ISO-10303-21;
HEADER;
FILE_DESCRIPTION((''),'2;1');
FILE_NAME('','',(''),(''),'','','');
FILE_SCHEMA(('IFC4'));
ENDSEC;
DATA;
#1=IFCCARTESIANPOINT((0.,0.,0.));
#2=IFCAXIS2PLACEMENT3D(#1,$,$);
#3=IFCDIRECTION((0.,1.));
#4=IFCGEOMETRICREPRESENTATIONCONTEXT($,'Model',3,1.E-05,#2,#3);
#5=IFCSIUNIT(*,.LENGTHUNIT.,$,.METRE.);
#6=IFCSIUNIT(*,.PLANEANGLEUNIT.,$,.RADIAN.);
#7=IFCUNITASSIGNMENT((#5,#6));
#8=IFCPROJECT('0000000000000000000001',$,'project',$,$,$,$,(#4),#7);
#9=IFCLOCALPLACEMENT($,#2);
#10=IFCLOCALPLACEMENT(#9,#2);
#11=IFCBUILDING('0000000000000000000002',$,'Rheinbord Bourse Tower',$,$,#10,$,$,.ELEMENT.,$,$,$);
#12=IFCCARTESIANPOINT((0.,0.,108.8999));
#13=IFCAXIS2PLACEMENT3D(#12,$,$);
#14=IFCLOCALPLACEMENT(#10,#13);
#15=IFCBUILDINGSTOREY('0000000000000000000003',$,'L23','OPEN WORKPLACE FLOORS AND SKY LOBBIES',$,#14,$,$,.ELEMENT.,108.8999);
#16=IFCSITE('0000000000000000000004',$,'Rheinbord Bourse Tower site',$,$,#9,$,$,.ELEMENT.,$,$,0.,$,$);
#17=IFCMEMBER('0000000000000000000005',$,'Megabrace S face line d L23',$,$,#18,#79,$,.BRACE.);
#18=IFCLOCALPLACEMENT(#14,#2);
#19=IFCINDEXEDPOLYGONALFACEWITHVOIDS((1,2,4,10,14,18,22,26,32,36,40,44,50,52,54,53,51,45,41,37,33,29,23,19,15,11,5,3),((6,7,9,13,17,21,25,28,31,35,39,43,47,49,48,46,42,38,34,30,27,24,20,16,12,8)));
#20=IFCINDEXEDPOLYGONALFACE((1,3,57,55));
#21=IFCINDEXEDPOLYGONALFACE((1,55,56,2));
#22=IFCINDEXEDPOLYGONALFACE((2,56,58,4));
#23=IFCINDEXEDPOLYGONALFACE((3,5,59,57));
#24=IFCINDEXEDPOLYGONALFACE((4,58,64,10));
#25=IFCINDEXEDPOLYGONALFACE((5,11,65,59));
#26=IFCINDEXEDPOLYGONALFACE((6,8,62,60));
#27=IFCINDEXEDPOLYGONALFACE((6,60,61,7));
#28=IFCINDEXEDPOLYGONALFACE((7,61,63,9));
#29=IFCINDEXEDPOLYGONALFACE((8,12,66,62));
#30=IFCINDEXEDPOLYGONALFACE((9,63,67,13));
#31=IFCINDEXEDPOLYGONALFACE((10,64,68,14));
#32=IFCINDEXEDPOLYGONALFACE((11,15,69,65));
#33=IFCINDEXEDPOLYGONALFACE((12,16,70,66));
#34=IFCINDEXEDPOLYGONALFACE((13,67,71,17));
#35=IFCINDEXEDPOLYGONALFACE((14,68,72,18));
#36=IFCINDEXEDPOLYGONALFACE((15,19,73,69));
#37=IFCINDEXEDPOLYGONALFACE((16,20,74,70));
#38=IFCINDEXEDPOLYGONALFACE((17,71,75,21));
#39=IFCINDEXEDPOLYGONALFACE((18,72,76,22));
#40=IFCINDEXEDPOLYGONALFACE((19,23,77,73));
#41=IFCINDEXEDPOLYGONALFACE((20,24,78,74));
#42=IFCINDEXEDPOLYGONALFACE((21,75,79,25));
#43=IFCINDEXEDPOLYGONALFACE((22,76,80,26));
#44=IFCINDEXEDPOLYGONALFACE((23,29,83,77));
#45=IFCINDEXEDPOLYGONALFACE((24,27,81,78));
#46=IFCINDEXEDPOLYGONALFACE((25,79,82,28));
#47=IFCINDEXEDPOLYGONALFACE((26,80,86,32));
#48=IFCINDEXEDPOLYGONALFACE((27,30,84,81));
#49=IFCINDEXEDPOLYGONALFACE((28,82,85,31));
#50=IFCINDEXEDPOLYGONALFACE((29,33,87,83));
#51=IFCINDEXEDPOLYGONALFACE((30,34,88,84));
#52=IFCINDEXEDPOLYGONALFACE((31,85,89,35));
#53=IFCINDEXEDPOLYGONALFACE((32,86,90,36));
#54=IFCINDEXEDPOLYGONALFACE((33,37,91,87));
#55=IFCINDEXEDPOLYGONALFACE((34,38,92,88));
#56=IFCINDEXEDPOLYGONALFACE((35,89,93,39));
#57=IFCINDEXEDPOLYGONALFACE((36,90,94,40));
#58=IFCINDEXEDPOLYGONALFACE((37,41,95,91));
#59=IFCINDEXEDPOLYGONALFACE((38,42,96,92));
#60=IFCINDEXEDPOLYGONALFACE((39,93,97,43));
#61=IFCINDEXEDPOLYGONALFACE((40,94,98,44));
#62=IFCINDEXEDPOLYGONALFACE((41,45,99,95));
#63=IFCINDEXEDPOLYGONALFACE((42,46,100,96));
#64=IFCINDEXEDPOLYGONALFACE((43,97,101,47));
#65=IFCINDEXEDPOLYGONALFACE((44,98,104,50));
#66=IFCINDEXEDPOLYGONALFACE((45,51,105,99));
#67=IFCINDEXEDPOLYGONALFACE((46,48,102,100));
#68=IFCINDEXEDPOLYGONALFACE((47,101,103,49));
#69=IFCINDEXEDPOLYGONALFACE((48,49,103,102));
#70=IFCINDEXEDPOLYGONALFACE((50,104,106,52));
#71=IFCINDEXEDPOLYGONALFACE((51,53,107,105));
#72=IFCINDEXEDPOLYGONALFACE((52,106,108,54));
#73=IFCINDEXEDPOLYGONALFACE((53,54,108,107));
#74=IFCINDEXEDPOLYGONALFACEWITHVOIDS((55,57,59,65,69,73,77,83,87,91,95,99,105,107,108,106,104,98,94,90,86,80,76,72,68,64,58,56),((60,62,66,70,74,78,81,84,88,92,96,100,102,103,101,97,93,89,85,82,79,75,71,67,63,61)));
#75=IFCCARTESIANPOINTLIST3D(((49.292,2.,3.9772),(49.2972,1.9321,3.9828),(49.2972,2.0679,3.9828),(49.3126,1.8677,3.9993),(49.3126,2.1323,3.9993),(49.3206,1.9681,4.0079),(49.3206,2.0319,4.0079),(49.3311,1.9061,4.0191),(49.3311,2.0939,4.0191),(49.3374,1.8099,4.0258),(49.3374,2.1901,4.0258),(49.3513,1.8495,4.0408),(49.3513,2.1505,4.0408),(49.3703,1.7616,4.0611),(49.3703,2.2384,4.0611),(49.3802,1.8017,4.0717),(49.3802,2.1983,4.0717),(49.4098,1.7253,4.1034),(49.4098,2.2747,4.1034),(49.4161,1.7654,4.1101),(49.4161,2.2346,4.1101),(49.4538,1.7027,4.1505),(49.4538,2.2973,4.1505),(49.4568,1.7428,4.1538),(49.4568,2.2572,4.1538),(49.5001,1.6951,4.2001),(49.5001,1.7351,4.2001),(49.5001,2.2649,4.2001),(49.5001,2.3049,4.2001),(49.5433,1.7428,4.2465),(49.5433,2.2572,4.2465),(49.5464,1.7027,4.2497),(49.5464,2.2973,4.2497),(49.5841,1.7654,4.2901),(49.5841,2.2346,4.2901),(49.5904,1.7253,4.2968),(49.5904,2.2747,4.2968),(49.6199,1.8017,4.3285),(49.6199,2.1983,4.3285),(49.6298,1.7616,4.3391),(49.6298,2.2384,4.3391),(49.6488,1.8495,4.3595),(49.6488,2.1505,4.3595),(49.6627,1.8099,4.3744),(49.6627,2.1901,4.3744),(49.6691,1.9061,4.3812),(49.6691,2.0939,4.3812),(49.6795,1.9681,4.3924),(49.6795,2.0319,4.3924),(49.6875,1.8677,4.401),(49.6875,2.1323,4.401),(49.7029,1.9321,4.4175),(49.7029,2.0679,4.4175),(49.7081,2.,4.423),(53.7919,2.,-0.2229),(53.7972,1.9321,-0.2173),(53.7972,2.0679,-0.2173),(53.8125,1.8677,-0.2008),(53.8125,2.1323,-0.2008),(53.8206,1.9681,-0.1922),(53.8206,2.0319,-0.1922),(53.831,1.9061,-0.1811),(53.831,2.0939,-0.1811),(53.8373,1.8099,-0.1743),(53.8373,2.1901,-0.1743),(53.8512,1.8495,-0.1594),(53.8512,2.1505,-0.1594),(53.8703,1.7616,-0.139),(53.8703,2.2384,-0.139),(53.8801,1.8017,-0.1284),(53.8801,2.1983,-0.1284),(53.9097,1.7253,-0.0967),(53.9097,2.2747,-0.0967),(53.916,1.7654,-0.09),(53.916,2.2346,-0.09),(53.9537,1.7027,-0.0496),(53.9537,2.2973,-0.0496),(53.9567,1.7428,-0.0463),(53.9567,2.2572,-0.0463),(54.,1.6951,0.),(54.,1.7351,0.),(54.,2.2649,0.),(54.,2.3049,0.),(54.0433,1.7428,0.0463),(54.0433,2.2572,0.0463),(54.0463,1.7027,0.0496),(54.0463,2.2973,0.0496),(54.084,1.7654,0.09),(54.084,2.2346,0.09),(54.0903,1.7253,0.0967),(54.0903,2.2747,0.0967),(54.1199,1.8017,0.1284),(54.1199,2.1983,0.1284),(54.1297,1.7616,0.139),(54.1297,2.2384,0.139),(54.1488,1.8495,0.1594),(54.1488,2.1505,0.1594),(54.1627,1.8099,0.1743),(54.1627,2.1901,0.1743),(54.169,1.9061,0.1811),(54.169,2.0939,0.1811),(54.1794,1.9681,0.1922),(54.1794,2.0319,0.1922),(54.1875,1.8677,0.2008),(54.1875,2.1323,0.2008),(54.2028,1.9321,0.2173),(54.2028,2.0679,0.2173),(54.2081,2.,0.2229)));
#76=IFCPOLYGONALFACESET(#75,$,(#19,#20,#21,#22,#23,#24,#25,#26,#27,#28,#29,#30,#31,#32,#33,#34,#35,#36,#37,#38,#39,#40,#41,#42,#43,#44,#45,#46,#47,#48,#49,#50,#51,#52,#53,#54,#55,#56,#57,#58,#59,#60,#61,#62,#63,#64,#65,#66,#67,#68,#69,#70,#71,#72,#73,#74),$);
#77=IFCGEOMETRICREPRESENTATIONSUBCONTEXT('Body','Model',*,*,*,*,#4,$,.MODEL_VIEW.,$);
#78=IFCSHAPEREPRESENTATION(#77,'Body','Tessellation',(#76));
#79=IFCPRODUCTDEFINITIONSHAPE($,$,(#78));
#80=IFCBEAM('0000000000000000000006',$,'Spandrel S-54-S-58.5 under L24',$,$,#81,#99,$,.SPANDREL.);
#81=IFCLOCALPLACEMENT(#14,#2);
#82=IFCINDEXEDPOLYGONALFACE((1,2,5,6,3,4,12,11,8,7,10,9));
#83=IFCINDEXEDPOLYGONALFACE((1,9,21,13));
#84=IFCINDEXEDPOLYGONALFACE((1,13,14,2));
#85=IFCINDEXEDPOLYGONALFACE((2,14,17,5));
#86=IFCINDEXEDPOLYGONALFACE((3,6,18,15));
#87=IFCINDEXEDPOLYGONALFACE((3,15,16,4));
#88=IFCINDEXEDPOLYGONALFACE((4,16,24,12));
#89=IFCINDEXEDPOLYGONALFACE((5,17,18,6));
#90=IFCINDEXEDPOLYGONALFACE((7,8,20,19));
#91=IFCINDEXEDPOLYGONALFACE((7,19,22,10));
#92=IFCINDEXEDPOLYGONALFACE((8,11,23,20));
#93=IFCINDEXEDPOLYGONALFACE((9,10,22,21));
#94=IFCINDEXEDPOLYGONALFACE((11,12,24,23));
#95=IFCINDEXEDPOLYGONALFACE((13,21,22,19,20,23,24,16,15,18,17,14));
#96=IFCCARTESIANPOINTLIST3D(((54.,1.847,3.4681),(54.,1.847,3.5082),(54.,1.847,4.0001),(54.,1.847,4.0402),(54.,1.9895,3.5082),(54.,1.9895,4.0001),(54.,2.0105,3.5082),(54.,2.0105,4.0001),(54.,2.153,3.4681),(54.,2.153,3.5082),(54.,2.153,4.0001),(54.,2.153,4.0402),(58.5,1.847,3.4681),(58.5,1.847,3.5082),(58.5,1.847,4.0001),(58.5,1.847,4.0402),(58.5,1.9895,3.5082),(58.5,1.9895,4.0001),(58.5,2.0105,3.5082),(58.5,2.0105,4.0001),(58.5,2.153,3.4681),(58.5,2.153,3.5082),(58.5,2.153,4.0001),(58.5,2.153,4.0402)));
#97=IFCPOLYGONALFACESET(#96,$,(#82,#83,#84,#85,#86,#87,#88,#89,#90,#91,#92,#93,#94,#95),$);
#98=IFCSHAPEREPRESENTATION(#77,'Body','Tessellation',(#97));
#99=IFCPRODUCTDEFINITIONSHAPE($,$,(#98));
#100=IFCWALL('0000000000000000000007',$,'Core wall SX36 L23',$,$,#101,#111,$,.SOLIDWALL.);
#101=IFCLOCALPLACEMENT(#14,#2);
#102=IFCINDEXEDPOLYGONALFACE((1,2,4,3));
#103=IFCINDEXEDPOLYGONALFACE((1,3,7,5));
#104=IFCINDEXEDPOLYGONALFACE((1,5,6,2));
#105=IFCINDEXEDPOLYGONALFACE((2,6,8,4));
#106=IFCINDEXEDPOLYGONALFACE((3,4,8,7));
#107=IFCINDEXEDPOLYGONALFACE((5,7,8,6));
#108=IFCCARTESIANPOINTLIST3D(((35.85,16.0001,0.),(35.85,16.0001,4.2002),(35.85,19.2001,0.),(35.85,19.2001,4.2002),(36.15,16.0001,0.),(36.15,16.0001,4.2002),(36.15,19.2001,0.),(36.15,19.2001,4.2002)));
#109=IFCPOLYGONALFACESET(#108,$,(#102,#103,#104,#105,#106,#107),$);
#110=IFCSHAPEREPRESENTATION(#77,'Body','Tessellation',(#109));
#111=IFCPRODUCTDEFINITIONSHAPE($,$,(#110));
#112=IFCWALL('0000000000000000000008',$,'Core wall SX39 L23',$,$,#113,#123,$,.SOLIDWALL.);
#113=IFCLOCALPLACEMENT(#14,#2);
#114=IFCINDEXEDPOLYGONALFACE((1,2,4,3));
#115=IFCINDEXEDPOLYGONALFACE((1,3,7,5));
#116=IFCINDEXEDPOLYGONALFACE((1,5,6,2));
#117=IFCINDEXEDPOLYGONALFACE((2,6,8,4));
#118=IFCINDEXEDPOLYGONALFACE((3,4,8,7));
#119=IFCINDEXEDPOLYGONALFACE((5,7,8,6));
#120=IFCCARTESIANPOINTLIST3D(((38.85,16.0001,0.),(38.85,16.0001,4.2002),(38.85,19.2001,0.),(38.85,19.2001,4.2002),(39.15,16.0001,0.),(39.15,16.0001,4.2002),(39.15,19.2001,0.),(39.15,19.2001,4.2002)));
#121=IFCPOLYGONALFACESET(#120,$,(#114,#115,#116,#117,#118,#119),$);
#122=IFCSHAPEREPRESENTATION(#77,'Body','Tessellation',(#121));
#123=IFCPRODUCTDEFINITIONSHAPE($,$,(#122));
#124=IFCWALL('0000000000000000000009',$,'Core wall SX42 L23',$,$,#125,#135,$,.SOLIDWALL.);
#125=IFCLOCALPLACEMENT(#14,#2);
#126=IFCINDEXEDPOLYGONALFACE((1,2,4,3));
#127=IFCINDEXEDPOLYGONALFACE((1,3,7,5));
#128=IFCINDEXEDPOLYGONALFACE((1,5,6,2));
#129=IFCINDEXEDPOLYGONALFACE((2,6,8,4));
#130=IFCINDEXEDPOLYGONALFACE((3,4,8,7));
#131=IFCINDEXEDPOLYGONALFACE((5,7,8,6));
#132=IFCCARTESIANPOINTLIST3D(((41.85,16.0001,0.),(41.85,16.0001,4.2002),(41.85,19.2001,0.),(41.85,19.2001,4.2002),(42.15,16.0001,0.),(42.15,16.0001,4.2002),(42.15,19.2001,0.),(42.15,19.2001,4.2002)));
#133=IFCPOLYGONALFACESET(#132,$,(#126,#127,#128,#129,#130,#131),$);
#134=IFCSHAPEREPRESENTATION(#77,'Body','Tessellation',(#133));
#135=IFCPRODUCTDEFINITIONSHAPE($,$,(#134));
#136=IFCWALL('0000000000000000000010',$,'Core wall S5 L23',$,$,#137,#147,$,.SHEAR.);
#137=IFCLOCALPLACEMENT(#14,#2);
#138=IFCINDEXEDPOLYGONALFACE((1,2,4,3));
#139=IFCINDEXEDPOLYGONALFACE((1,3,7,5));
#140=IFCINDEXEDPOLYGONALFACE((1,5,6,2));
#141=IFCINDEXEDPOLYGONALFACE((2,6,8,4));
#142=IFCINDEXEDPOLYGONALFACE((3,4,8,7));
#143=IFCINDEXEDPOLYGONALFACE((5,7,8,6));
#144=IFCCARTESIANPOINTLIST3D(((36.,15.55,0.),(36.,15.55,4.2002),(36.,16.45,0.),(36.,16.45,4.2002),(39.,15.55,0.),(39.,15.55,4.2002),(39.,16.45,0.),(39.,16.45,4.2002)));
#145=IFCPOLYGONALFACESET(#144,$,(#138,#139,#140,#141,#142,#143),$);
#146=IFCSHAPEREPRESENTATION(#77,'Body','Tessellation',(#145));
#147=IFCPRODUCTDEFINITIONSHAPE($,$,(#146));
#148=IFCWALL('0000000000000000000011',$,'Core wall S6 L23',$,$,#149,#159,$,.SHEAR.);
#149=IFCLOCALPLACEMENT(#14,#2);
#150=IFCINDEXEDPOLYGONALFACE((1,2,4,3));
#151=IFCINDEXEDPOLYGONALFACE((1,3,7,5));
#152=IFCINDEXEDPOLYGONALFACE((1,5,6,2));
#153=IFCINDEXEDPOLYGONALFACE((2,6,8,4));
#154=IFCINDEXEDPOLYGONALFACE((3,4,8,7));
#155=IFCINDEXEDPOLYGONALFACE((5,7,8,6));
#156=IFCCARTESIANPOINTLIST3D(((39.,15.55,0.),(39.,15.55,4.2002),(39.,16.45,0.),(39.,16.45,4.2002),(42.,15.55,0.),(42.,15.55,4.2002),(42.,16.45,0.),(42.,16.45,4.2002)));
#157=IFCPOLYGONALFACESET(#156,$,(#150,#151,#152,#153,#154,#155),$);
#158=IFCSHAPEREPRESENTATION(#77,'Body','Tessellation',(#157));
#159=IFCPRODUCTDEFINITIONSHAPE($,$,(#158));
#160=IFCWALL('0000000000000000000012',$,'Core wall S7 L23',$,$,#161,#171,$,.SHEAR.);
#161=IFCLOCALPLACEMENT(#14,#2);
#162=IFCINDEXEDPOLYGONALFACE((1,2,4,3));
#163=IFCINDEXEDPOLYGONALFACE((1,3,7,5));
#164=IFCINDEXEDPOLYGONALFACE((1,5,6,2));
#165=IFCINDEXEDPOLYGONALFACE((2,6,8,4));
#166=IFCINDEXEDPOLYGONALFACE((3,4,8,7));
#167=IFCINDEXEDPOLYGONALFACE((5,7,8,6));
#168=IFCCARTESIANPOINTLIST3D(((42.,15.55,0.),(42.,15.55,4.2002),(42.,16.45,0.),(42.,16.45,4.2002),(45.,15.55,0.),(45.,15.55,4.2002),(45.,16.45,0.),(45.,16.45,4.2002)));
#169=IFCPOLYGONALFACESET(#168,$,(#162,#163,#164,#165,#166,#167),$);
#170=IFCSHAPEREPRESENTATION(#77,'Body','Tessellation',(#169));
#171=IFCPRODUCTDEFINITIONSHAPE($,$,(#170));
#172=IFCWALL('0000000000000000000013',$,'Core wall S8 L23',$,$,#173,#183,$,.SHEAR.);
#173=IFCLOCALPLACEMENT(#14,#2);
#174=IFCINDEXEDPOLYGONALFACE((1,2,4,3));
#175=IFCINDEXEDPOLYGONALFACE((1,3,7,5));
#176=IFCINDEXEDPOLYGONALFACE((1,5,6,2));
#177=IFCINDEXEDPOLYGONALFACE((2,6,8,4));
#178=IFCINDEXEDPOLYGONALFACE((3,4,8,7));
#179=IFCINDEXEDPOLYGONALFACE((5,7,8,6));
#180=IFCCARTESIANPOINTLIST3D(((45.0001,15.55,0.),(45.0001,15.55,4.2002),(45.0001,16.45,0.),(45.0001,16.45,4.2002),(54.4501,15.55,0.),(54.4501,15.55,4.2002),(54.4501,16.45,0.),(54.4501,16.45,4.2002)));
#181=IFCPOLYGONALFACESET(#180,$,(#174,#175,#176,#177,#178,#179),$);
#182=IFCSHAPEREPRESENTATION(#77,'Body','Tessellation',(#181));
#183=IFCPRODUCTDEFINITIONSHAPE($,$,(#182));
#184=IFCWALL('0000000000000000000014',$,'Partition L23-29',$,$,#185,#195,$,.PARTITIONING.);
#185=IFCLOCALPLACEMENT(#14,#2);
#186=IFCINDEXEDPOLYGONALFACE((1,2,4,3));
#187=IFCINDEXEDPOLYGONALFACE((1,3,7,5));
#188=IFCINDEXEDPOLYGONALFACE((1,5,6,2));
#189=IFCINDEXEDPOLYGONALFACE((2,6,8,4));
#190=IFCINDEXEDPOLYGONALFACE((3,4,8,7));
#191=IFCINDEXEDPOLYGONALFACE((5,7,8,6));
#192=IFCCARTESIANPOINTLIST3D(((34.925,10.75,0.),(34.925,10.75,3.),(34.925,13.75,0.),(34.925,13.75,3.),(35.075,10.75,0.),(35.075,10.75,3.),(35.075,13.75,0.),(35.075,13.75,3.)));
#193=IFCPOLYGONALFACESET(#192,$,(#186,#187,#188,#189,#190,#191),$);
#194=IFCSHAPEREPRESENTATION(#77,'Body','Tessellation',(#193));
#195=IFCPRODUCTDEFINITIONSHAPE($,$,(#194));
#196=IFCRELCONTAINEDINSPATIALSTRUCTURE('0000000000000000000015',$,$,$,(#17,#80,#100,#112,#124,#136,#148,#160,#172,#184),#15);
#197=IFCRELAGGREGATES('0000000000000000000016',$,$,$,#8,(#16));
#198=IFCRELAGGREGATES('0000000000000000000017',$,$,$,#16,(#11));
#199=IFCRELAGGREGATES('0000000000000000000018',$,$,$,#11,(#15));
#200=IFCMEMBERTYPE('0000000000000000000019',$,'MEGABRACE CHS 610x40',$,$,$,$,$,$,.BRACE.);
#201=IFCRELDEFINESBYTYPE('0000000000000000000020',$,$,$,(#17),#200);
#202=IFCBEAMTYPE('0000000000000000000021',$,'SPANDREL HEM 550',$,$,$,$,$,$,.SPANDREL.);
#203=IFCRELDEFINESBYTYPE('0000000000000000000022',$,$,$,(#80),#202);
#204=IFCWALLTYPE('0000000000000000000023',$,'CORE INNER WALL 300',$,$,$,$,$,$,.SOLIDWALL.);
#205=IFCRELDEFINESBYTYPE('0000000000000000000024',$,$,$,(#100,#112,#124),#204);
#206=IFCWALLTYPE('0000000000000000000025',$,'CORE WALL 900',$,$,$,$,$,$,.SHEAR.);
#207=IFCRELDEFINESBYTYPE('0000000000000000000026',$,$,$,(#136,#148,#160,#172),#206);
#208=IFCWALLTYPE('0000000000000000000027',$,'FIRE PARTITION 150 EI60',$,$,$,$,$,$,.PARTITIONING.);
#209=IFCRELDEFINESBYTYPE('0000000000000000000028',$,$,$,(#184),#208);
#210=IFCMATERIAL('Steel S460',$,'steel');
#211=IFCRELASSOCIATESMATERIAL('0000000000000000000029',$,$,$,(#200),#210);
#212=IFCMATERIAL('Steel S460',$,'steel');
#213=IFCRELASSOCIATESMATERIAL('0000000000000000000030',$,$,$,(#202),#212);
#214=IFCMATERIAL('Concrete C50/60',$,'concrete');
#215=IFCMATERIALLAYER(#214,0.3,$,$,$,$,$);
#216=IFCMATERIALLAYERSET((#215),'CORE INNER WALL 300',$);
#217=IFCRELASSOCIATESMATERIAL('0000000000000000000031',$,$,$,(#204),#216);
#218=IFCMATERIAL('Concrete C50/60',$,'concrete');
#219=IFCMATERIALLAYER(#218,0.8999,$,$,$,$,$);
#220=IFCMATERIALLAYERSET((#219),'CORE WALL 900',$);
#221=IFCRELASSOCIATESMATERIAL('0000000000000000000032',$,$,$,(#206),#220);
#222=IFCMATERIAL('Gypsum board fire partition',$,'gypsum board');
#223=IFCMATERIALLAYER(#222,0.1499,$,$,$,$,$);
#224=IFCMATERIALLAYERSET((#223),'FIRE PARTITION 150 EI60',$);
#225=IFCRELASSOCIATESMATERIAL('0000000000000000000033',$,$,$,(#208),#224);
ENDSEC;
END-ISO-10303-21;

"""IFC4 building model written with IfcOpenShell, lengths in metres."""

from ifc_helpers import new_model, si_unit, direction, frame, frame_2d, origin, origin_2d, place, context, subcontext, project, spatial, rectangle, hollow_circle, i_section, extrude, material, layer, layer_set, material_profile, profile_set, type_object, element, save


model = new_model("IFC4")

# Units and contexts
model_context = context("Model", 3, precision=1e-05, world=origin(), true_north=direction((0.0, 1.0)))
body_context = subcontext(model_context, "Body", "Model", "MODEL_VIEW")
ifc_project = project(units=[si_unit("LENGTHUNIT", "METRE"), si_unit("PLANEANGLEUNIT", "RADIAN")], contexts=[model_context])

# Site, building, storey
site_placement = place(None, origin())
site = spatial("IfcSite", under=ifc_project, at=site_placement, Name="Rheinbord Bourse Tower site", CompositionType="ELEMENT", RefElevation=0.0)
building_placement = place(site_placement, origin())
building = spatial("IfcBuilding", under=site, at=building_placement, Name="Rheinbord Bourse Tower", CompositionType="ELEMENT")
storey_placement = place(building_placement, frame((0.0, 0.0, 108.8999)))
storey = spatial("IfcBuildingStorey", under=building, at=storey_placement, Name="L23", Description="OPEN WORKPLACE FLOORS AND SKY LOBBIES", CompositionType="ELEMENT", Elevation=108.8999)

# Member
ifc_material_1 = material(Name="Steel S460", Category="steel")
ifc_material_profile_1 = material_profile(ifc_material_1, hollow_circle(Radius=0.3049, WallThickness=0.04, at=origin_2d()), Name="CHS 610x40")
ifc_profile_set_1 = profile_set([ifc_material_profile_1], Name="Steel S460")
member_type = type_object("IfcMemberType", Name="MEGABRACE CHS 610x40", PredefinedType="BRACE", material=ifc_profile_set_1)
member_placement = place(storey_placement, frame((54.0, 2.0, 0.0), z_axis=(-0.731039, 0.0, 0.682335), x_axis=(0.0, -1.0, 0.0)))
element("IfcMember", 1, at=member_placement, inside=storey, type_object=member_type, Name="Megabrace S face line d L23", PredefinedType="BRACE", context=body_context, shape_type="SweptSolid", body=[
    extrude(hollow_circle(Radius=0.3049, WallThickness=0.04, at=origin_2d()), origin(), (0.0, 0.0, 1.0), 6.1555),
])

# Beam
ifc_material_2 = material(Name="Steel S460", Category="steel")
ifc_material_profile_2 = material_profile(ifc_material_2, i_section(OverallWidth=0.3059, OverallDepth=0.572, WebThickness=0.021, FlangeThickness=0.04, at=origin_2d()), Name="HEM 550")
ifc_profile_set_2 = profile_set([ifc_material_profile_2], Name="Steel S460")
beam_type = type_object("IfcBeamType", Name="SPANDREL HEM 550", PredefinedType="SPANDREL", material=ifc_profile_set_2)
beam_placement = place(storey_placement, frame((54.0, 2.0, 3.7542), z_axis=(1.0, 0.0, 0.0), x_axis=(0.0, 1.0, 0.0)))
element("IfcBeam", 2, at=beam_placement, inside=storey, type_object=beam_type, Name="Spandrel S-54-S-58.5 under L24", PredefinedType="SPANDREL", context=body_context, shape_type="SweptSolid", body=[
    extrude(i_section(OverallWidth=0.3059, OverallDepth=0.572, WebThickness=0.021, FlangeThickness=0.04, at=origin_2d()), origin(), (0.0, 0.0, 1.0), 4.5),
])

# Walls
ifc_material_3 = material(Name="Concrete C50/60", Category="concrete")
ifc_layer_1 = layer(ifc_material_3, 0.3)
ifc_layer_set_1 = layer_set([ifc_layer_1], Name="CORE INNER WALL 300")
wall_type_1 = type_object("IfcWallType", Name="CORE INNER WALL 300", PredefinedType="SOLIDWALL", material=ifc_layer_set_1)
for number, where, z_axis, x_axis, name in (
    (3, (36.0, 16.0, 0.0), (0.0, 0.0, 1.0), (0.0, 1.0, 0.0), "Core wall SX36 L23"),
    (4, (39.0, 16.0, 0.0), (0.0, 0.0, 1.0), (0.0, 1.0, 0.0), "Core wall SX39 L23"),
    (5, (42.0, 16.0, 0.0), (0.0, 0.0, 1.0), (0.0, 1.0, 0.0), "Core wall SX42 L23"),
):
    element("IfcWall", number, at=place(storey_placement, frame(where, z_axis=z_axis, x_axis=x_axis)), inside=storey, type_object=wall_type_1, Name=name, PredefinedType="SOLIDWALL", context=body_context, shape_type="SweptSolid", body=[
        extrude(rectangle(XDim=3.2, YDim=0.3, at=frame_2d((1.6001, 0.0))), origin(), (0.0, 0.0, 1.0), 4.2002),
    ])
ifc_material_4 = material(Name="Concrete C50/60", Category="concrete")
ifc_layer_2 = layer(ifc_material_4, 0.8999)
ifc_layer_set_2 = layer_set([ifc_layer_2], Name="CORE WALL 900")
wall_type_2 = type_object("IfcWallType", Name="CORE WALL 900", PredefinedType="SHEAR", material=ifc_layer_set_2)
for number, where, z_axis, x_axis, name in (
    (6, (36.0, 16.0, 0.0), (0.0, 0.0, 1.0), (1.0, 0.0, 0.0), "Core wall S5 L23"),
    (7, (39.0, 16.0, 0.0), (0.0, 0.0, 1.0), (1.0, 0.0, 0.0), "Core wall S6 L23"),
    (8, (42.0, 16.0, 0.0), (0.0, 0.0, 1.0), (1.0, 0.0, 0.0), "Core wall S7 L23"),
):
    element("IfcWall", number, at=place(storey_placement, frame(where, z_axis=z_axis, x_axis=x_axis)), inside=storey, type_object=wall_type_2, Name=name, PredefinedType="SHEAR", context=body_context, shape_type="SweptSolid", body=[
        extrude(rectangle(XDim=3.0, YDim=0.8999, at=frame_2d((1.5, 0.0))), origin(), (0.0, 0.0, 1.0), 4.2002),
    ])
wall_1_placement = place(storey_placement, frame((45.0, 16.0, 0.0), z_axis=(0.0, 0.0, 1.0), x_axis=(1.0, 0.0, 0.0)))
element("IfcWall", 9, at=wall_1_placement, inside=storey, type_object=wall_type_2, Name="Core wall S8 L23", PredefinedType="SHEAR", context=body_context, shape_type="SweptSolid", body=[
    extrude(rectangle(XDim=9.45, YDim=0.8999, at=frame_2d((4.7251, 0.0))), origin(), (0.0, 0.0, 1.0), 4.2002),
])
ifc_material_5 = material(Name="Gypsum board fire partition", Category="gypsum board")
ifc_layer_3 = layer(ifc_material_5, 0.1499)
ifc_layer_set_3 = layer_set([ifc_layer_3], Name="FIRE PARTITION 150 EI60")
wall_type_3 = type_object("IfcWallType", Name="FIRE PARTITION 150 EI60", PredefinedType="PARTITIONING", material=ifc_layer_set_3)
wall_2_placement = place(storey_placement, frame((35.0, 10.75, 0.0), z_axis=(0.0, 0.0, 1.0), x_axis=(0.0, 1.0, 0.0)))
element("IfcWall", 10, at=wall_2_placement, inside=storey, type_object=wall_type_3, Name="Partition L23-29", PredefinedType="PARTITIONING", context=body_context, shape_type="SweptSolid", body=[
    extrude(rectangle(XDim=3.0, YDim=0.1499, at=frame_2d((1.5, 0.0))), origin(), (0.0, 0.0, 1.0), 3.0),
])

save(model, "model.ifc")
